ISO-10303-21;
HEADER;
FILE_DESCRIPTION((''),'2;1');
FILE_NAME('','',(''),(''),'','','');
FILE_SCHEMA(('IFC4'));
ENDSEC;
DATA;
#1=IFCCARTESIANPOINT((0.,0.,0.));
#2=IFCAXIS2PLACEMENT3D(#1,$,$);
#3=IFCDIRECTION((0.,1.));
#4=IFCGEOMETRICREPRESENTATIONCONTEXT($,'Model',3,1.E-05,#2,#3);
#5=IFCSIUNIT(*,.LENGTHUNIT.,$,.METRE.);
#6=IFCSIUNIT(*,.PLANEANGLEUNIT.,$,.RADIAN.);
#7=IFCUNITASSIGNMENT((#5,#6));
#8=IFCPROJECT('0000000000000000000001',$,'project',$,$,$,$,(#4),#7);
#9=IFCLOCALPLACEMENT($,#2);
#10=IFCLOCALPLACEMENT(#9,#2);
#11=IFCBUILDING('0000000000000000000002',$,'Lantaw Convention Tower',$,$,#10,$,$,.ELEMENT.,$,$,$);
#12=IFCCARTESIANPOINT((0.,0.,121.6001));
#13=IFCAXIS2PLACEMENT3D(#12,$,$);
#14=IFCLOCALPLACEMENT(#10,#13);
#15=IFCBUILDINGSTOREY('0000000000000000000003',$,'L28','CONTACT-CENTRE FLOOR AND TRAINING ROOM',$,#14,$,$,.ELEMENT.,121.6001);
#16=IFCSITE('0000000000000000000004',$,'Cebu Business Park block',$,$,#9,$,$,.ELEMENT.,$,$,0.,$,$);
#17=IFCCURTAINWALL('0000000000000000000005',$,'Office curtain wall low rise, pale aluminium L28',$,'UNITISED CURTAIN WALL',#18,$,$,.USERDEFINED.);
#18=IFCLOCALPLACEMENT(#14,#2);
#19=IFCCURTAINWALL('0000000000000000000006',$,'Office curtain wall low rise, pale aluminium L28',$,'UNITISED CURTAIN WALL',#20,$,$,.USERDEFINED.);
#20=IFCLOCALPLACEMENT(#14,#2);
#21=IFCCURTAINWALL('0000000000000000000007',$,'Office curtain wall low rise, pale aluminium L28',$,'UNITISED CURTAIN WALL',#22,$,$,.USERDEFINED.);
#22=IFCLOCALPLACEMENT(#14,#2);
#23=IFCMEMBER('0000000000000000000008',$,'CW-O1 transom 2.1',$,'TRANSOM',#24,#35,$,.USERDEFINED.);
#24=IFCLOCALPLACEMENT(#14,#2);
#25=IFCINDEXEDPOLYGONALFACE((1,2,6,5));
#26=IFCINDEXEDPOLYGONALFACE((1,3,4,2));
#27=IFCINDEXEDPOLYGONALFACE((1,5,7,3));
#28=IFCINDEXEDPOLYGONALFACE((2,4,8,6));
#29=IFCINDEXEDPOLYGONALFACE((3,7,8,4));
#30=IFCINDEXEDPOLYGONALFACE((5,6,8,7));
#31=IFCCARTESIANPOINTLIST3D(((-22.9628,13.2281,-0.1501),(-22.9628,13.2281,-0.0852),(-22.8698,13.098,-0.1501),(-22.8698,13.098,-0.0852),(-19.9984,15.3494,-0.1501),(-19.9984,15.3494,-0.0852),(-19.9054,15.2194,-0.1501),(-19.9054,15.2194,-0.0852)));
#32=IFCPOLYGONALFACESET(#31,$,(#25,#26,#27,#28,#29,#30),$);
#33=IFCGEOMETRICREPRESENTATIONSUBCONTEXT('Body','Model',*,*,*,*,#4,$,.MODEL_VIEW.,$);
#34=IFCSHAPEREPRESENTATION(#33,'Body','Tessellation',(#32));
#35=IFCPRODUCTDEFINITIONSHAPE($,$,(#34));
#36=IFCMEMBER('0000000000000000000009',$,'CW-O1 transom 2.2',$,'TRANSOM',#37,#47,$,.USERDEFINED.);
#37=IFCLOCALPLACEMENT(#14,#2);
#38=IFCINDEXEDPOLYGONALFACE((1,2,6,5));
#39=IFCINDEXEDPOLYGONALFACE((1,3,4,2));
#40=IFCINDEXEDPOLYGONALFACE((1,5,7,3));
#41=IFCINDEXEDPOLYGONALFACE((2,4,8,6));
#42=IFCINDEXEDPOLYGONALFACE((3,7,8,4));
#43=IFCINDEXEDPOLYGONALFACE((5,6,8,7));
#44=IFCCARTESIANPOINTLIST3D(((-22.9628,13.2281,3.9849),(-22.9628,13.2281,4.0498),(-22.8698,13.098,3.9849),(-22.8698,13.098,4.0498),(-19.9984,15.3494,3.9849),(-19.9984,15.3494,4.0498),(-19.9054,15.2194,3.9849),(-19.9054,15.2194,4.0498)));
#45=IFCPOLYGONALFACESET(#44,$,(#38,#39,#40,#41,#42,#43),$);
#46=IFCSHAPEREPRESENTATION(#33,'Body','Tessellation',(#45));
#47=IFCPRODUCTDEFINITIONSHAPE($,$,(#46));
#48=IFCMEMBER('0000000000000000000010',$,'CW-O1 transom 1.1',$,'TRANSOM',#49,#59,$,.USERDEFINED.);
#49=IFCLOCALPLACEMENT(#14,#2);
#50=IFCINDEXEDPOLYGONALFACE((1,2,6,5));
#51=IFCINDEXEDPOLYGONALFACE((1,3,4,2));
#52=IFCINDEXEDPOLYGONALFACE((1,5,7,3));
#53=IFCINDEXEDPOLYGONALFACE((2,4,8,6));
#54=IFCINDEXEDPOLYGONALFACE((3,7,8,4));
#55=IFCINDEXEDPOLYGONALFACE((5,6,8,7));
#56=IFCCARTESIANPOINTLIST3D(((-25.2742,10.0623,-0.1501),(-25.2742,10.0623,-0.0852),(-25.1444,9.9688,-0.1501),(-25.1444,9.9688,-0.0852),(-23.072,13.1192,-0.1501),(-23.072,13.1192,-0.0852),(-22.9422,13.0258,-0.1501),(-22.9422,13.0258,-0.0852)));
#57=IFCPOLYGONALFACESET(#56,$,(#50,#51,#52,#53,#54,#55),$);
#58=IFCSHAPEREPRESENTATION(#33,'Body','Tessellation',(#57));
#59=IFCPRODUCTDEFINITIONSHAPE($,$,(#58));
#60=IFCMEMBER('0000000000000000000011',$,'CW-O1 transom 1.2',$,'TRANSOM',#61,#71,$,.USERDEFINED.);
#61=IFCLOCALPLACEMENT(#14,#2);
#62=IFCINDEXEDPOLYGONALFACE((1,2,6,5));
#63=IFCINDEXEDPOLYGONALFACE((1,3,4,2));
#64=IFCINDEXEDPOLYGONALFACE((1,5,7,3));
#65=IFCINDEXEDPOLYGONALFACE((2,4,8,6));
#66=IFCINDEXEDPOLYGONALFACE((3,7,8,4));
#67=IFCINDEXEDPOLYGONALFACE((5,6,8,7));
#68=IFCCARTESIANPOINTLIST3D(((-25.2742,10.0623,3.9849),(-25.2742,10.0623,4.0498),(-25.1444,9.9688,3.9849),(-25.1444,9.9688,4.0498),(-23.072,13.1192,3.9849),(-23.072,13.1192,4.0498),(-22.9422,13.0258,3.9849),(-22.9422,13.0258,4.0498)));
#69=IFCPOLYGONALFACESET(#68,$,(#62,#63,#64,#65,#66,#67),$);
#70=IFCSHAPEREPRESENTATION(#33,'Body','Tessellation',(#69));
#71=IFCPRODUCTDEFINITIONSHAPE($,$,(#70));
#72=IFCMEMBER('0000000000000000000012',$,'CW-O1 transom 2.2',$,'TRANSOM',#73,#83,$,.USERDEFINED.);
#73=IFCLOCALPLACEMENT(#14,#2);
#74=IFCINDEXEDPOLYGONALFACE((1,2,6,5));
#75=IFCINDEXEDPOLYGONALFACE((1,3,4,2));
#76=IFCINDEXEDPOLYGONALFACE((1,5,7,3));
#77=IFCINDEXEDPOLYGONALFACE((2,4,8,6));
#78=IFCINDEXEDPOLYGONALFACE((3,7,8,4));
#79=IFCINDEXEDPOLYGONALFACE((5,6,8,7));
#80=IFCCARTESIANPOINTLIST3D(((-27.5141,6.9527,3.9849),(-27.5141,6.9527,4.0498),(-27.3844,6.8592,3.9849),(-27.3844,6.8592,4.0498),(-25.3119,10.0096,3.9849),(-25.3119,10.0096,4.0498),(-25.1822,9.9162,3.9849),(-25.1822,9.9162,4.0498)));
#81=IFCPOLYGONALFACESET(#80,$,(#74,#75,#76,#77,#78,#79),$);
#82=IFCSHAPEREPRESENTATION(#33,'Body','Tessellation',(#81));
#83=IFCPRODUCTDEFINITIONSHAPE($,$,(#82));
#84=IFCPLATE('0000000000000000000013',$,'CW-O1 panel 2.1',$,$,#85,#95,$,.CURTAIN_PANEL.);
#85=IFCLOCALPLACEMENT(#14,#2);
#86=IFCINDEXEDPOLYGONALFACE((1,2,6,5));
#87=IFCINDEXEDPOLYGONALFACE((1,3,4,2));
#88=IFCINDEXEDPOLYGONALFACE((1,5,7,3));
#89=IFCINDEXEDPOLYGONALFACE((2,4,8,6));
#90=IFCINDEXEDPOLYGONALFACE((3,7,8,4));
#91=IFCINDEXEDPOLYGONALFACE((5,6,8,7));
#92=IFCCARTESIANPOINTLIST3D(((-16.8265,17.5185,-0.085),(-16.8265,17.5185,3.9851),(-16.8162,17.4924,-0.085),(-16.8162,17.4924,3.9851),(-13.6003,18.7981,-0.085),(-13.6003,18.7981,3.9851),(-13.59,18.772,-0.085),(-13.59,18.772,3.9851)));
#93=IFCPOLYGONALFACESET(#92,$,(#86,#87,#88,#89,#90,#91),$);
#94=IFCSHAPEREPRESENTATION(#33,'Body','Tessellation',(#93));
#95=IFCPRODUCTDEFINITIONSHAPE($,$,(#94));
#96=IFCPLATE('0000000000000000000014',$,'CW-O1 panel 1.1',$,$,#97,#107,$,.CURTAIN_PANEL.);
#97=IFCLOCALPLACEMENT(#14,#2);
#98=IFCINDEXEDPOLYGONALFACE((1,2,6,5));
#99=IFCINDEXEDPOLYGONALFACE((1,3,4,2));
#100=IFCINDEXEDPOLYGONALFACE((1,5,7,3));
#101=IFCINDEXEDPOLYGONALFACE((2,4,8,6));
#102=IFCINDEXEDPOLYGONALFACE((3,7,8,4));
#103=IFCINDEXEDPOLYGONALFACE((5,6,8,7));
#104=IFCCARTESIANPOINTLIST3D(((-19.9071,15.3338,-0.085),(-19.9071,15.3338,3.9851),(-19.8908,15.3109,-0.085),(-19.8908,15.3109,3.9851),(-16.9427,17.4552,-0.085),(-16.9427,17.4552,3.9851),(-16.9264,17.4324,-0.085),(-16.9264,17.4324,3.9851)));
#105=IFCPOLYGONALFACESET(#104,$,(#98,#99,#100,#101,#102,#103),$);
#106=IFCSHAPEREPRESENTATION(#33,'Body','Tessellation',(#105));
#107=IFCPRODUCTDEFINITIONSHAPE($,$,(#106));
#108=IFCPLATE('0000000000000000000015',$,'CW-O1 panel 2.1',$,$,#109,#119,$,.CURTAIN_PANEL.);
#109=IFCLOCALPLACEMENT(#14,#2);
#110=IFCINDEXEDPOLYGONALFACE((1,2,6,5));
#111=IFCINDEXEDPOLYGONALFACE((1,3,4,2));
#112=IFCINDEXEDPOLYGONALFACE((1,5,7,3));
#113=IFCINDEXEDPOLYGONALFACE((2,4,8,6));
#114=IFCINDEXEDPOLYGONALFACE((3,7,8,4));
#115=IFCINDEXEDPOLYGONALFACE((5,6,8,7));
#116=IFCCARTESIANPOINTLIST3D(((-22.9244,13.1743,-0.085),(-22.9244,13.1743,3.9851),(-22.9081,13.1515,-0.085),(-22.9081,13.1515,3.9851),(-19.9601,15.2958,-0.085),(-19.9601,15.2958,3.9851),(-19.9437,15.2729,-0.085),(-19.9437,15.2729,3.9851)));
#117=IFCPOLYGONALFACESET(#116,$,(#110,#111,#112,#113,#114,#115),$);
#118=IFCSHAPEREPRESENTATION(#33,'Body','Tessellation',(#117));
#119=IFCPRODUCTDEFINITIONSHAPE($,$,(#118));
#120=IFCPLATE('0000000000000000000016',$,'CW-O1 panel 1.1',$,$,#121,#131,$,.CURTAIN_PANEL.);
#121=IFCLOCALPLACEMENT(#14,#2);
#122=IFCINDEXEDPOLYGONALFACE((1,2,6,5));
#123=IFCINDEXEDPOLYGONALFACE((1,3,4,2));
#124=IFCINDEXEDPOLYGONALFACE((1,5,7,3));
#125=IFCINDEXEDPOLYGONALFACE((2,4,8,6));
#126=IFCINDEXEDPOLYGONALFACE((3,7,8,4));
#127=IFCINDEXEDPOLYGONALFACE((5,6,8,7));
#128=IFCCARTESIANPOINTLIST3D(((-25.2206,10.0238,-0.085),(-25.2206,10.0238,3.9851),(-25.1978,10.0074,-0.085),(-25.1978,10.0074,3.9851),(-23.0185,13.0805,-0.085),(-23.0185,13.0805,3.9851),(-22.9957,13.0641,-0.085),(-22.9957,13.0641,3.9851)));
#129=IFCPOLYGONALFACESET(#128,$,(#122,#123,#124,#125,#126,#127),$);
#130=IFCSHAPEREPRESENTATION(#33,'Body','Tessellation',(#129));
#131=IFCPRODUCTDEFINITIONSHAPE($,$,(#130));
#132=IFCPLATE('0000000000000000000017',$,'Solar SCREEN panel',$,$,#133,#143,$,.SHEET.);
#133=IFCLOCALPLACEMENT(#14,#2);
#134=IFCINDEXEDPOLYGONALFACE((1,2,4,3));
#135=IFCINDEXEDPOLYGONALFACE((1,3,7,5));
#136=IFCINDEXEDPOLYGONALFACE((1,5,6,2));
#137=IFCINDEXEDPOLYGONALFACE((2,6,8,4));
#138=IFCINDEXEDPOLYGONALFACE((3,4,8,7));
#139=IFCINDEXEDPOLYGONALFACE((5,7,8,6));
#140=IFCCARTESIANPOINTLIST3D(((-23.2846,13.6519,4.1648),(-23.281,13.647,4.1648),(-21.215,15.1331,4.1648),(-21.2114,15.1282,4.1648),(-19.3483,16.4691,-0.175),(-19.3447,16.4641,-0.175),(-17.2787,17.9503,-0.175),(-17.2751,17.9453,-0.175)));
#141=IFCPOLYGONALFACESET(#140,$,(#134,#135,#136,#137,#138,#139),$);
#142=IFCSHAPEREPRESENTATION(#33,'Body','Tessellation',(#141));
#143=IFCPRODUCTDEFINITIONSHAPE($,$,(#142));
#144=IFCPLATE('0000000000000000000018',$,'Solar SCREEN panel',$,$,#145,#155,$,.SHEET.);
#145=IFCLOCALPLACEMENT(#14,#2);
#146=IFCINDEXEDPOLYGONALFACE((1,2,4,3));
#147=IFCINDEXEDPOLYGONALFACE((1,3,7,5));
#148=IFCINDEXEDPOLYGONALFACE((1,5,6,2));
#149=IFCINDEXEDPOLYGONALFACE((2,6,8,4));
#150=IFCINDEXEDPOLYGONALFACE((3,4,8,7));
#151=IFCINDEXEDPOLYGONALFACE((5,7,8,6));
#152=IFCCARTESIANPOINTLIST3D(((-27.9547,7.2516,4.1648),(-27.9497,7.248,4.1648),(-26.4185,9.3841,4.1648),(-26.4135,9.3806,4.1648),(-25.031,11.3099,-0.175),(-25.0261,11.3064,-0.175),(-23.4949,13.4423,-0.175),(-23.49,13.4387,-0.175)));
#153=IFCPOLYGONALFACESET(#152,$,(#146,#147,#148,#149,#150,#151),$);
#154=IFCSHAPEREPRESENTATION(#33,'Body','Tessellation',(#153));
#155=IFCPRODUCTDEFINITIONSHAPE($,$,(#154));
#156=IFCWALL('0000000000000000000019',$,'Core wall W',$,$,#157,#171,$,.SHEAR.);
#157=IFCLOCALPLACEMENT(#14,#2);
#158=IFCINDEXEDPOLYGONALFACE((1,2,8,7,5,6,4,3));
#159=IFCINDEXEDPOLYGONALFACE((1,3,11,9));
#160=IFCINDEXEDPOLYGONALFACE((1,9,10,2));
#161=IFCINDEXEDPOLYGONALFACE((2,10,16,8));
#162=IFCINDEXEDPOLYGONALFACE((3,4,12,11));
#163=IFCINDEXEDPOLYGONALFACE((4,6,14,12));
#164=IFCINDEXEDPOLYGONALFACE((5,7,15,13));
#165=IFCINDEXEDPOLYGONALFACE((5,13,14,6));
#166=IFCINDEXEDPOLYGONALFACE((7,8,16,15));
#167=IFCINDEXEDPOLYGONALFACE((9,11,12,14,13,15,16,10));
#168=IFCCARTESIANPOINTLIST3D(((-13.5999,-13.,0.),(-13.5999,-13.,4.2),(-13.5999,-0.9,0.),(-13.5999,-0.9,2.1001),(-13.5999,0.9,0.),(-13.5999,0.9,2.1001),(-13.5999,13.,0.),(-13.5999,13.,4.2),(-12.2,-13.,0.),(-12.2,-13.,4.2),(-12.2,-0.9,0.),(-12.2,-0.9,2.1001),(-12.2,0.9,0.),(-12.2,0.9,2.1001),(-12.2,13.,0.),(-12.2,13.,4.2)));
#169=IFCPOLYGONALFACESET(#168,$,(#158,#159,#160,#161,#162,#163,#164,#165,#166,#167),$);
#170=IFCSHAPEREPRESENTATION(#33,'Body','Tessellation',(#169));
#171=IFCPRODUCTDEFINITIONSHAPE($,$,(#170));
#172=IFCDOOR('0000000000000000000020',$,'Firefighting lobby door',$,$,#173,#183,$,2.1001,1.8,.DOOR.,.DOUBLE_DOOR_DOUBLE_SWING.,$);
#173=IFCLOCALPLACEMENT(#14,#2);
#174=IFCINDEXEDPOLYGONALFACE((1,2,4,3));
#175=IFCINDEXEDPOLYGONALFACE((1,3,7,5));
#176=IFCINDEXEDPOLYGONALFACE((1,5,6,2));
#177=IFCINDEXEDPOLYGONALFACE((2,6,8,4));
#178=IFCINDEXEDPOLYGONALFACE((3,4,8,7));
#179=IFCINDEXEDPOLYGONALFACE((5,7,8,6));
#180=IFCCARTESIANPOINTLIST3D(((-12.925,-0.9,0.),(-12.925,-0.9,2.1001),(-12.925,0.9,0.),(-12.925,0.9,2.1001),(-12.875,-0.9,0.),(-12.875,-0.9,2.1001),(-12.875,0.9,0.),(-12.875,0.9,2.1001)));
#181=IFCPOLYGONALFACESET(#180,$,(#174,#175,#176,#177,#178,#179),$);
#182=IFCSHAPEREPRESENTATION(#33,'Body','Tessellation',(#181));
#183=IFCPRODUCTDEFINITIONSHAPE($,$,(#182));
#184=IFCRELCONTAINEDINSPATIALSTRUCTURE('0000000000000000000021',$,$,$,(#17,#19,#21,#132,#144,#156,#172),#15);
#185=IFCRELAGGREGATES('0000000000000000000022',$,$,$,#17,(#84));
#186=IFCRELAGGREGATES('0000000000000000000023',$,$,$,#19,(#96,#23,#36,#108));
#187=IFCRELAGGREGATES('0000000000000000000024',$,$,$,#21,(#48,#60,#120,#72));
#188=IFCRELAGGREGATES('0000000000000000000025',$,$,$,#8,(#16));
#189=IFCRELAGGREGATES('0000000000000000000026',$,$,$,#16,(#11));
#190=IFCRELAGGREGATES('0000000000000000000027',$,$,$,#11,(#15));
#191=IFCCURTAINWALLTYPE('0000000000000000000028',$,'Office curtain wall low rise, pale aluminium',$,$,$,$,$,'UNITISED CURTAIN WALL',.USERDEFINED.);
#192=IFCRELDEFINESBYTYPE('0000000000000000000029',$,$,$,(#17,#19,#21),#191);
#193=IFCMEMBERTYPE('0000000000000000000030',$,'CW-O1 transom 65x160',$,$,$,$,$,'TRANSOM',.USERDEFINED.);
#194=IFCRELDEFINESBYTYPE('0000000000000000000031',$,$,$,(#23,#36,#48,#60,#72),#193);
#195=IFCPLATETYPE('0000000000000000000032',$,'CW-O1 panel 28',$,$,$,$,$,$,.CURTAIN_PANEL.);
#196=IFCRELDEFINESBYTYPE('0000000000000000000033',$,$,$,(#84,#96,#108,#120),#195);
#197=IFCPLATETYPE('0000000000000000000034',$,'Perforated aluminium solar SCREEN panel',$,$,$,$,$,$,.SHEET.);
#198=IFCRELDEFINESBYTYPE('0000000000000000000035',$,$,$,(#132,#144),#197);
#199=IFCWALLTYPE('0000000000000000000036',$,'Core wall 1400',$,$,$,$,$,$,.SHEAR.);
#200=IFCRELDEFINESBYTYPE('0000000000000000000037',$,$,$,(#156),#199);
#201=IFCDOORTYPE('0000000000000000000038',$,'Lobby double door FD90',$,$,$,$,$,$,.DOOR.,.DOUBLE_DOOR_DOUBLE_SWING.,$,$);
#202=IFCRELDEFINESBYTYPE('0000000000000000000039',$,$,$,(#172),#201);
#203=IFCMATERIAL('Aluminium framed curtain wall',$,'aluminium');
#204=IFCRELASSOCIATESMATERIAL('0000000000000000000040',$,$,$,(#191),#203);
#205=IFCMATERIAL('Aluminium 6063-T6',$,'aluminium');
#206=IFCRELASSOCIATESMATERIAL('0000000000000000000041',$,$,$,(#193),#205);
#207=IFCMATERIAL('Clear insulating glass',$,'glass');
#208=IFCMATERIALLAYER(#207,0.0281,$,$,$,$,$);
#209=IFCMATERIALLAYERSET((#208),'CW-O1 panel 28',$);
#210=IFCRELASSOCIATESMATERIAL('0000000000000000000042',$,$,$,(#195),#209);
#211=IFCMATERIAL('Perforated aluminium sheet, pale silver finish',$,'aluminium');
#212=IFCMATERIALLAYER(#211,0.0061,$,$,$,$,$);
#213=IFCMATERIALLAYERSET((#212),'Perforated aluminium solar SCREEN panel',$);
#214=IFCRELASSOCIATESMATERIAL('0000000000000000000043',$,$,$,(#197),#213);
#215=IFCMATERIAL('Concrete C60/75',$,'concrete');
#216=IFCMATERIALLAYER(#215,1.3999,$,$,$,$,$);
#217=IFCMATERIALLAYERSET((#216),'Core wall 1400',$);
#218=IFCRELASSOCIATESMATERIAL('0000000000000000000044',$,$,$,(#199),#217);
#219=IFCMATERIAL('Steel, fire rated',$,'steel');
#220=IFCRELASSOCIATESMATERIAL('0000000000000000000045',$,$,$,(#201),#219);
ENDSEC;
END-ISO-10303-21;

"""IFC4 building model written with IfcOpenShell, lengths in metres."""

from ifc_helpers import new_model, si_unit, direction, frame, frame_2d, origin, origin_2d, place, context, subcontext, project, spatial, polyline, rectangle, outline, extrude, material, layer, layer_set, material_profile, profile_set, type_object, element, fill, aggregate, save


model = new_model("IFC4")

# Units and contexts
model_context = context("Model", 3, precision=1e-05, world=origin(), true_north=direction((0.0, 1.0)))
body_context = subcontext(model_context, "Body", "Model", "MODEL_VIEW")
ifc_project = project(units=[si_unit("LENGTHUNIT", "METRE"), si_unit("PLANEANGLEUNIT", "RADIAN")], contexts=[model_context])

# Site, building, storey
site_placement = place(None, origin())
site = spatial("IfcSite", under=ifc_project, at=site_placement, Name="Cebu Business Park block", CompositionType="ELEMENT", RefElevation=0.0)
building_placement = place(site_placement, origin())
building = spatial("IfcBuilding", under=site, at=building_placement, Name="Lantaw Convention Tower", CompositionType="ELEMENT")
storey_placement = place(building_placement, frame((0.0, 0.0, 121.6001)))
storey = spatial("IfcBuildingStorey", under=building, at=storey_placement, Name="L28", Description="CONTACT-CENTRE FLOOR AND TRAINING ROOM", CompositionType="ELEMENT", Elevation=121.6001)

# Shared definitions
ifc_material_1 = material(Name="Concrete C60/75", Category="concrete")

# Curtain walls
ifc_material_2 = material(Name="Aluminium framed curtain wall", Category="aluminium")
curtain_wall_type = type_object("IfcCurtainWallType", Name="Office curtain wall low rise, pale aluminium", ElementType="UNITISED CURTAIN WALL", PredefinedType="USERDEFINED", material=ifc_material_2)
curtain_wall_1_placement = place(storey_placement, origin())
curtain_wall_1 = element("IfcCurtainWall", 1, at=curtain_wall_1_placement, inside=storey, type_object=curtain_wall_type, Name="Office curtain wall low rise, pale aluminium L28", ObjectType="UNITISED CURTAIN WALL", PredefinedType="USERDEFINED")
ifc_material_3 = material(Name="Aluminium 6063-T6", Category="aluminium")
curtain_wall_2_placement = place(storey_placement, origin())
curtain_wall_2 = element("IfcCurtainWall", 2, at=curtain_wall_2_placement, inside=storey, type_object=curtain_wall_type, Name="Office curtain wall low rise, pale aluminium L28", ObjectType="UNITISED CURTAIN WALL", PredefinedType="USERDEFINED")
curtain_wall_3_placement = place(storey_placement, origin())
curtain_wall_3 = element("IfcCurtainWall", 3, at=curtain_wall_3_placement, inside=storey, type_object=curtain_wall_type, Name="Office curtain wall low rise, pale aluminium L28", ObjectType="UNITISED CURTAIN WALL", PredefinedType="USERDEFINED")

# Members
ifc_material_profile_1 = material_profile(ifc_material_3, rectangle(XDim=0.1599, YDim=0.0649, at=origin_2d()), Name="CW-O1 transom 65x160")
ifc_profile_set_1 = profile_set([ifc_material_profile_1], Name="Aluminium 6063-T6")
member_type_1 = type_object("IfcMemberType", Name="CW-O1 transom 65x160", ElementType="TRANSOM", PredefinedType="USERDEFINED", material=ifc_profile_set_1)
member_1_placement = place(storey_placement, frame((-19.9519, 15.2844, -0.1177), z_axis=(-0.813222, -0.581954, 0.0), x_axis=(0.581954, -0.813222, 0.0)))
member_1 = element("IfcMember", 4, at=member_1_placement, type_object=member_type_1, Name="CW-O1 transom 2.1", ObjectType="TRANSOM", PredefinedType="USERDEFINED", context=body_context, shape_type="SweptSolid", body=[
    extrude(rectangle(XDim=0.1599, YDim=0.0649, at=origin_2d()), origin(), (0.0, 0.0, 1.0), 3.6453),
])
member_2_placement = place(storey_placement, frame((-19.9519, 15.2844, 4.0173), z_axis=(-0.813222, -0.581954, 0.0), x_axis=(0.581954, -0.813222, 0.0)))
member_2 = element("IfcMember", 5, at=member_2_placement, type_object=member_type_1, Name="CW-O1 transom 2.2", ObjectType="TRANSOM", PredefinedType="USERDEFINED", context=body_context, shape_type="SweptSolid", body=[
    extrude(rectangle(XDim=0.1599, YDim=0.0649, at=origin_2d()), origin(), (0.0, 0.0, 1.0), 3.6453),
])
member_3_placement = place(storey_placement, frame((-23.0071, 13.0725, -0.1177), z_axis=(-0.584513, -0.811384, 0.0), x_axis=(0.811384, -0.584513, 0.0)))
member_3 = element("IfcMember", 6, at=member_3_placement, type_object=member_type_1, Name="CW-O1 transom 1.1", ObjectType="TRANSOM", PredefinedType="USERDEFINED", context=body_context, shape_type="SweptSolid", body=[
    extrude(rectangle(XDim=0.1599, YDim=0.0649, at=origin_2d()), origin(), (0.0, 0.0, 1.0), 3.7676),
])
member_4_placement = place(storey_placement, frame((-23.0071, 13.0725, 4.0173), z_axis=(-0.584513, -0.811384, 0.0), x_axis=(0.811384, -0.584513, 0.0)))
member_4 = element("IfcMember", 7, at=member_4_placement, type_object=member_type_1, Name="CW-O1 transom 1.2", ObjectType="TRANSOM", PredefinedType="USERDEFINED", context=body_context, shape_type="SweptSolid", body=[
    extrude(rectangle(XDim=0.1599, YDim=0.0649, at=origin_2d()), origin(), (0.0, 0.0, 1.0), 3.7676),
])
member_5_placement = place(storey_placement, frame((-25.2471, 9.9629, 4.0173), z_axis=(-0.584513, -0.811384, 0.0), x_axis=(0.811384, -0.584513, 0.0)))
member_5 = element("IfcMember", 8, at=member_5_placement, type_object=member_type_1, Name="CW-O1 transom 2.2", ObjectType="TRANSOM", PredefinedType="USERDEFINED", context=body_context, shape_type="SweptSolid", body=[
    extrude(rectangle(XDim=0.1599, YDim=0.0649, at=origin_2d()), origin(), (0.0, 0.0, 1.0), 3.7676),
])

# Plates
ifc_material_4 = material(Name="Clear insulating glass", Category="glass")
ifc_layer_1 = layer(ifc_material_4, 0.0281)
ifc_layer_set_1 = layer_set([ifc_layer_1], Name="CW-O1 panel 28")
plate_type_1 = type_object("IfcPlateType", Name="CW-O1 panel 28", PredefinedType="CURTAIN_PANEL", material=ifc_layer_set_1)
plate_1_placement = place(storey_placement, frame((-15.2083, 18.1453, -0.085), z_axis=(0.0, 0.0, 1.0), x_axis=(-0.929548, -0.368702, 0.0)))
plate_1 = element("IfcPlate", 9, at=plate_1_placement, type_object=plate_type_1, Name="CW-O1 panel 2.1", PredefinedType="CURTAIN_PANEL", context=body_context, shape_type="SweptSolid", body=[
    extrude(rectangle(XDim=3.4707, YDim=0.0281, at=origin_2d()), origin(), (0.0, 0.0, 1.0), 4.0701),
])
aggregate(curtain_wall_1, [plate_1])
plate_2_placement = place(storey_placement, frame((-18.4167, 16.3831, -0.085), z_axis=(0.0, 0.0, 1.0), x_axis=(-0.813208, -0.581973, 0.0)))
plate_2 = element("IfcPlate", 10, at=plate_2_placement, type_object=plate_type_1, Name="CW-O1 panel 1.1", PredefinedType="CURTAIN_PANEL", context=body_context, shape_type="SweptSolid", body=[
    extrude(rectangle(XDim=3.6453, YDim=0.0281, at=origin_2d()), origin(), (0.0, 0.0, 1.0), 4.0701),
])
plate_3_placement = place(storey_placement, frame((-21.4341, 14.2236, -0.085), z_axis=(0.0, 0.0, 1.0), x_axis=(-0.813208, -0.581973, 0.0)))
plate_3 = element("IfcPlate", 11, at=plate_3_placement, type_object=plate_type_1, Name="CW-O1 panel 2.1", PredefinedType="CURTAIN_PANEL", context=body_context, shape_type="SweptSolid", body=[
    extrude(rectangle(XDim=3.6453, YDim=0.0281, at=origin_2d()), origin(), (0.0, 0.0, 1.0), 4.0701),
])
aggregate(curtain_wall_2, [plate_2, member_1, member_2, plate_3])
plate_4_placement = place(storey_placement, frame((-24.1082, 11.5439, -0.085), z_axis=(0.0, 0.0, 1.0), x_axis=(-0.584513, -0.811385, 0.0)))
plate_4 = element("IfcPlate", 12, at=plate_4_placement, type_object=plate_type_1, Name="CW-O1 panel 1.1", PredefinedType="CURTAIN_PANEL", context=body_context, shape_type="SweptSolid", body=[
    extrude(rectangle(XDim=3.7673, YDim=0.0281, at=origin_2d()), origin(), (0.0, 0.0, 1.0), 4.0701),
])
aggregate(curtain_wall_3, [member_3, member_4, plate_4, member_5])

# Plates
ifc_material_5 = material(Name="Perforated aluminium sheet, pale silver finish", Category="aluminium")
ifc_layer_2 = layer(ifc_material_5, 0.0061)
ifc_layer_set_2 = layer_set([ifc_layer_2], Name="Perforated aluminium solar SCREEN panel")
plate_type_2 = type_object("IfcPlateType", Name="Perforated aluminium solar SCREEN panel", PredefinedType="SHEET", material=ifc_layer_set_2)
plate_5_placement = place(storey_placement, frame((-17.2751, 17.9453, -0.175), z_axis=(0.582, -0.813189, 0.000012), x_axis=(-0.813189, -0.582, 0.0)))
element("IfcPlate", 13, at=plate_5_placement, inside=storey, type_object=plate_type_2, Name="Solar SCREEN panel", PredefinedType="SHEET", context=body_context, shape_type="SweptSolid", body=[
    extrude(outline(polyline([(0.0, 0.0), (2.545, 0.0), (7.3855, -4.3398), (4.8405, -4.3398), (0.0, 0.0)])), origin(), (0.0, 0.0, -1.0), 0.0061),
])
plate_6_placement = place(storey_placement, frame((-23.49, 13.4387, -0.175), z_axis=(0.811395, -0.584498, 0.000036), x_axis=(-0.584498, -0.811395, 0.0)))
element("IfcPlate", 14, at=plate_6_placement, inside=storey, type_object=plate_type_2, Name="Solar SCREEN panel", PredefinedType="SHEET", context=body_context, shape_type="SweptSolid", body=[
    extrude(outline(polyline([(0.0, 0.0), (2.628, 0.0), (7.6298, -4.3398), (5.0016, -4.3398), (0.0, 0.0)])), origin(), (0.0, 0.0, -1.0), 0.0061),
])

# Wall, opening, door
ifc_layer_3 = layer(ifc_material_1, 1.3999)
ifc_layer_set_3 = layer_set([ifc_layer_3], Name="Core wall 1400")
wall_type_1 = type_object("IfcWallType", Name="Core wall 1400", PredefinedType="SHEAR", material=ifc_layer_set_3)
wall_1_placement = place(storey_placement, frame((-12.8999, 13.0, 0.0), z_axis=(0.0, 0.0, 1.0), x_axis=(0.0, -1.0, 0.0)))
wall_1 = element("IfcWall", 15, at=wall_1_placement, inside=storey, type_object=wall_type_1, Name="Core wall W", PredefinedType="SHEAR", context=body_context, shape_type="SweptSolid", body=[
    extrude(rectangle(XDim=26.0, YDim=1.3999, at=frame_2d((13.0, 0.0))), origin(), (0.0, 0.0, 1.0), 4.2),
])
opening_placement = place(wall_1_placement, frame((12.1001, 0.0, 0.0)))
opening = element("IfcOpeningElement", 16, at=opening_placement, cuts=wall_1, PredefinedType="OPENING", context=body_context, shape_type="SweptSolid", body=[
    extrude(rectangle(XDim=1.8, YDim=2.1001, at=frame_2d((0.8999, 1.05))), frame((0.0, 0.71, 0.0), z_axis=(0.0, -1.0, 0.0), x_axis=(1.0, 0.0, 0.0)), (0.0, 0.0, 1.0), 1.4199),
])
ifc_material_6 = material(Name="Steel, fire rated", Category="steel")
door_type = type_object("IfcDoorType", Name="Lobby double door FD90", OperationType="DOUBLE_DOOR_DOUBLE_SWING", PredefinedType="DOOR", material=ifc_material_6)
door_placement = place(opening_placement, origin())
door = element("IfcDoor", 17, at=door_placement, inside=storey, type_object=door_type, Name="Firefighting lobby door", OperationType="DOUBLE_DOOR_DOUBLE_SWING", OverallHeight=2.1001, OverallWidth=1.8, PredefinedType="DOOR", context=body_context, shape_type="SweptSolid", body=[
    extrude(rectangle(XDim=1.8, YDim=2.1001, at=frame_2d((0.8999, 1.05))), frame((0.0, 0.0249, 0.0), z_axis=(0.0, -1.0, 0.0), x_axis=(1.0, 0.0, 0.0)), (0.0, 0.0, 1.0), 0.05),
])
fill(opening, door)

save(model, "model.ifc")
